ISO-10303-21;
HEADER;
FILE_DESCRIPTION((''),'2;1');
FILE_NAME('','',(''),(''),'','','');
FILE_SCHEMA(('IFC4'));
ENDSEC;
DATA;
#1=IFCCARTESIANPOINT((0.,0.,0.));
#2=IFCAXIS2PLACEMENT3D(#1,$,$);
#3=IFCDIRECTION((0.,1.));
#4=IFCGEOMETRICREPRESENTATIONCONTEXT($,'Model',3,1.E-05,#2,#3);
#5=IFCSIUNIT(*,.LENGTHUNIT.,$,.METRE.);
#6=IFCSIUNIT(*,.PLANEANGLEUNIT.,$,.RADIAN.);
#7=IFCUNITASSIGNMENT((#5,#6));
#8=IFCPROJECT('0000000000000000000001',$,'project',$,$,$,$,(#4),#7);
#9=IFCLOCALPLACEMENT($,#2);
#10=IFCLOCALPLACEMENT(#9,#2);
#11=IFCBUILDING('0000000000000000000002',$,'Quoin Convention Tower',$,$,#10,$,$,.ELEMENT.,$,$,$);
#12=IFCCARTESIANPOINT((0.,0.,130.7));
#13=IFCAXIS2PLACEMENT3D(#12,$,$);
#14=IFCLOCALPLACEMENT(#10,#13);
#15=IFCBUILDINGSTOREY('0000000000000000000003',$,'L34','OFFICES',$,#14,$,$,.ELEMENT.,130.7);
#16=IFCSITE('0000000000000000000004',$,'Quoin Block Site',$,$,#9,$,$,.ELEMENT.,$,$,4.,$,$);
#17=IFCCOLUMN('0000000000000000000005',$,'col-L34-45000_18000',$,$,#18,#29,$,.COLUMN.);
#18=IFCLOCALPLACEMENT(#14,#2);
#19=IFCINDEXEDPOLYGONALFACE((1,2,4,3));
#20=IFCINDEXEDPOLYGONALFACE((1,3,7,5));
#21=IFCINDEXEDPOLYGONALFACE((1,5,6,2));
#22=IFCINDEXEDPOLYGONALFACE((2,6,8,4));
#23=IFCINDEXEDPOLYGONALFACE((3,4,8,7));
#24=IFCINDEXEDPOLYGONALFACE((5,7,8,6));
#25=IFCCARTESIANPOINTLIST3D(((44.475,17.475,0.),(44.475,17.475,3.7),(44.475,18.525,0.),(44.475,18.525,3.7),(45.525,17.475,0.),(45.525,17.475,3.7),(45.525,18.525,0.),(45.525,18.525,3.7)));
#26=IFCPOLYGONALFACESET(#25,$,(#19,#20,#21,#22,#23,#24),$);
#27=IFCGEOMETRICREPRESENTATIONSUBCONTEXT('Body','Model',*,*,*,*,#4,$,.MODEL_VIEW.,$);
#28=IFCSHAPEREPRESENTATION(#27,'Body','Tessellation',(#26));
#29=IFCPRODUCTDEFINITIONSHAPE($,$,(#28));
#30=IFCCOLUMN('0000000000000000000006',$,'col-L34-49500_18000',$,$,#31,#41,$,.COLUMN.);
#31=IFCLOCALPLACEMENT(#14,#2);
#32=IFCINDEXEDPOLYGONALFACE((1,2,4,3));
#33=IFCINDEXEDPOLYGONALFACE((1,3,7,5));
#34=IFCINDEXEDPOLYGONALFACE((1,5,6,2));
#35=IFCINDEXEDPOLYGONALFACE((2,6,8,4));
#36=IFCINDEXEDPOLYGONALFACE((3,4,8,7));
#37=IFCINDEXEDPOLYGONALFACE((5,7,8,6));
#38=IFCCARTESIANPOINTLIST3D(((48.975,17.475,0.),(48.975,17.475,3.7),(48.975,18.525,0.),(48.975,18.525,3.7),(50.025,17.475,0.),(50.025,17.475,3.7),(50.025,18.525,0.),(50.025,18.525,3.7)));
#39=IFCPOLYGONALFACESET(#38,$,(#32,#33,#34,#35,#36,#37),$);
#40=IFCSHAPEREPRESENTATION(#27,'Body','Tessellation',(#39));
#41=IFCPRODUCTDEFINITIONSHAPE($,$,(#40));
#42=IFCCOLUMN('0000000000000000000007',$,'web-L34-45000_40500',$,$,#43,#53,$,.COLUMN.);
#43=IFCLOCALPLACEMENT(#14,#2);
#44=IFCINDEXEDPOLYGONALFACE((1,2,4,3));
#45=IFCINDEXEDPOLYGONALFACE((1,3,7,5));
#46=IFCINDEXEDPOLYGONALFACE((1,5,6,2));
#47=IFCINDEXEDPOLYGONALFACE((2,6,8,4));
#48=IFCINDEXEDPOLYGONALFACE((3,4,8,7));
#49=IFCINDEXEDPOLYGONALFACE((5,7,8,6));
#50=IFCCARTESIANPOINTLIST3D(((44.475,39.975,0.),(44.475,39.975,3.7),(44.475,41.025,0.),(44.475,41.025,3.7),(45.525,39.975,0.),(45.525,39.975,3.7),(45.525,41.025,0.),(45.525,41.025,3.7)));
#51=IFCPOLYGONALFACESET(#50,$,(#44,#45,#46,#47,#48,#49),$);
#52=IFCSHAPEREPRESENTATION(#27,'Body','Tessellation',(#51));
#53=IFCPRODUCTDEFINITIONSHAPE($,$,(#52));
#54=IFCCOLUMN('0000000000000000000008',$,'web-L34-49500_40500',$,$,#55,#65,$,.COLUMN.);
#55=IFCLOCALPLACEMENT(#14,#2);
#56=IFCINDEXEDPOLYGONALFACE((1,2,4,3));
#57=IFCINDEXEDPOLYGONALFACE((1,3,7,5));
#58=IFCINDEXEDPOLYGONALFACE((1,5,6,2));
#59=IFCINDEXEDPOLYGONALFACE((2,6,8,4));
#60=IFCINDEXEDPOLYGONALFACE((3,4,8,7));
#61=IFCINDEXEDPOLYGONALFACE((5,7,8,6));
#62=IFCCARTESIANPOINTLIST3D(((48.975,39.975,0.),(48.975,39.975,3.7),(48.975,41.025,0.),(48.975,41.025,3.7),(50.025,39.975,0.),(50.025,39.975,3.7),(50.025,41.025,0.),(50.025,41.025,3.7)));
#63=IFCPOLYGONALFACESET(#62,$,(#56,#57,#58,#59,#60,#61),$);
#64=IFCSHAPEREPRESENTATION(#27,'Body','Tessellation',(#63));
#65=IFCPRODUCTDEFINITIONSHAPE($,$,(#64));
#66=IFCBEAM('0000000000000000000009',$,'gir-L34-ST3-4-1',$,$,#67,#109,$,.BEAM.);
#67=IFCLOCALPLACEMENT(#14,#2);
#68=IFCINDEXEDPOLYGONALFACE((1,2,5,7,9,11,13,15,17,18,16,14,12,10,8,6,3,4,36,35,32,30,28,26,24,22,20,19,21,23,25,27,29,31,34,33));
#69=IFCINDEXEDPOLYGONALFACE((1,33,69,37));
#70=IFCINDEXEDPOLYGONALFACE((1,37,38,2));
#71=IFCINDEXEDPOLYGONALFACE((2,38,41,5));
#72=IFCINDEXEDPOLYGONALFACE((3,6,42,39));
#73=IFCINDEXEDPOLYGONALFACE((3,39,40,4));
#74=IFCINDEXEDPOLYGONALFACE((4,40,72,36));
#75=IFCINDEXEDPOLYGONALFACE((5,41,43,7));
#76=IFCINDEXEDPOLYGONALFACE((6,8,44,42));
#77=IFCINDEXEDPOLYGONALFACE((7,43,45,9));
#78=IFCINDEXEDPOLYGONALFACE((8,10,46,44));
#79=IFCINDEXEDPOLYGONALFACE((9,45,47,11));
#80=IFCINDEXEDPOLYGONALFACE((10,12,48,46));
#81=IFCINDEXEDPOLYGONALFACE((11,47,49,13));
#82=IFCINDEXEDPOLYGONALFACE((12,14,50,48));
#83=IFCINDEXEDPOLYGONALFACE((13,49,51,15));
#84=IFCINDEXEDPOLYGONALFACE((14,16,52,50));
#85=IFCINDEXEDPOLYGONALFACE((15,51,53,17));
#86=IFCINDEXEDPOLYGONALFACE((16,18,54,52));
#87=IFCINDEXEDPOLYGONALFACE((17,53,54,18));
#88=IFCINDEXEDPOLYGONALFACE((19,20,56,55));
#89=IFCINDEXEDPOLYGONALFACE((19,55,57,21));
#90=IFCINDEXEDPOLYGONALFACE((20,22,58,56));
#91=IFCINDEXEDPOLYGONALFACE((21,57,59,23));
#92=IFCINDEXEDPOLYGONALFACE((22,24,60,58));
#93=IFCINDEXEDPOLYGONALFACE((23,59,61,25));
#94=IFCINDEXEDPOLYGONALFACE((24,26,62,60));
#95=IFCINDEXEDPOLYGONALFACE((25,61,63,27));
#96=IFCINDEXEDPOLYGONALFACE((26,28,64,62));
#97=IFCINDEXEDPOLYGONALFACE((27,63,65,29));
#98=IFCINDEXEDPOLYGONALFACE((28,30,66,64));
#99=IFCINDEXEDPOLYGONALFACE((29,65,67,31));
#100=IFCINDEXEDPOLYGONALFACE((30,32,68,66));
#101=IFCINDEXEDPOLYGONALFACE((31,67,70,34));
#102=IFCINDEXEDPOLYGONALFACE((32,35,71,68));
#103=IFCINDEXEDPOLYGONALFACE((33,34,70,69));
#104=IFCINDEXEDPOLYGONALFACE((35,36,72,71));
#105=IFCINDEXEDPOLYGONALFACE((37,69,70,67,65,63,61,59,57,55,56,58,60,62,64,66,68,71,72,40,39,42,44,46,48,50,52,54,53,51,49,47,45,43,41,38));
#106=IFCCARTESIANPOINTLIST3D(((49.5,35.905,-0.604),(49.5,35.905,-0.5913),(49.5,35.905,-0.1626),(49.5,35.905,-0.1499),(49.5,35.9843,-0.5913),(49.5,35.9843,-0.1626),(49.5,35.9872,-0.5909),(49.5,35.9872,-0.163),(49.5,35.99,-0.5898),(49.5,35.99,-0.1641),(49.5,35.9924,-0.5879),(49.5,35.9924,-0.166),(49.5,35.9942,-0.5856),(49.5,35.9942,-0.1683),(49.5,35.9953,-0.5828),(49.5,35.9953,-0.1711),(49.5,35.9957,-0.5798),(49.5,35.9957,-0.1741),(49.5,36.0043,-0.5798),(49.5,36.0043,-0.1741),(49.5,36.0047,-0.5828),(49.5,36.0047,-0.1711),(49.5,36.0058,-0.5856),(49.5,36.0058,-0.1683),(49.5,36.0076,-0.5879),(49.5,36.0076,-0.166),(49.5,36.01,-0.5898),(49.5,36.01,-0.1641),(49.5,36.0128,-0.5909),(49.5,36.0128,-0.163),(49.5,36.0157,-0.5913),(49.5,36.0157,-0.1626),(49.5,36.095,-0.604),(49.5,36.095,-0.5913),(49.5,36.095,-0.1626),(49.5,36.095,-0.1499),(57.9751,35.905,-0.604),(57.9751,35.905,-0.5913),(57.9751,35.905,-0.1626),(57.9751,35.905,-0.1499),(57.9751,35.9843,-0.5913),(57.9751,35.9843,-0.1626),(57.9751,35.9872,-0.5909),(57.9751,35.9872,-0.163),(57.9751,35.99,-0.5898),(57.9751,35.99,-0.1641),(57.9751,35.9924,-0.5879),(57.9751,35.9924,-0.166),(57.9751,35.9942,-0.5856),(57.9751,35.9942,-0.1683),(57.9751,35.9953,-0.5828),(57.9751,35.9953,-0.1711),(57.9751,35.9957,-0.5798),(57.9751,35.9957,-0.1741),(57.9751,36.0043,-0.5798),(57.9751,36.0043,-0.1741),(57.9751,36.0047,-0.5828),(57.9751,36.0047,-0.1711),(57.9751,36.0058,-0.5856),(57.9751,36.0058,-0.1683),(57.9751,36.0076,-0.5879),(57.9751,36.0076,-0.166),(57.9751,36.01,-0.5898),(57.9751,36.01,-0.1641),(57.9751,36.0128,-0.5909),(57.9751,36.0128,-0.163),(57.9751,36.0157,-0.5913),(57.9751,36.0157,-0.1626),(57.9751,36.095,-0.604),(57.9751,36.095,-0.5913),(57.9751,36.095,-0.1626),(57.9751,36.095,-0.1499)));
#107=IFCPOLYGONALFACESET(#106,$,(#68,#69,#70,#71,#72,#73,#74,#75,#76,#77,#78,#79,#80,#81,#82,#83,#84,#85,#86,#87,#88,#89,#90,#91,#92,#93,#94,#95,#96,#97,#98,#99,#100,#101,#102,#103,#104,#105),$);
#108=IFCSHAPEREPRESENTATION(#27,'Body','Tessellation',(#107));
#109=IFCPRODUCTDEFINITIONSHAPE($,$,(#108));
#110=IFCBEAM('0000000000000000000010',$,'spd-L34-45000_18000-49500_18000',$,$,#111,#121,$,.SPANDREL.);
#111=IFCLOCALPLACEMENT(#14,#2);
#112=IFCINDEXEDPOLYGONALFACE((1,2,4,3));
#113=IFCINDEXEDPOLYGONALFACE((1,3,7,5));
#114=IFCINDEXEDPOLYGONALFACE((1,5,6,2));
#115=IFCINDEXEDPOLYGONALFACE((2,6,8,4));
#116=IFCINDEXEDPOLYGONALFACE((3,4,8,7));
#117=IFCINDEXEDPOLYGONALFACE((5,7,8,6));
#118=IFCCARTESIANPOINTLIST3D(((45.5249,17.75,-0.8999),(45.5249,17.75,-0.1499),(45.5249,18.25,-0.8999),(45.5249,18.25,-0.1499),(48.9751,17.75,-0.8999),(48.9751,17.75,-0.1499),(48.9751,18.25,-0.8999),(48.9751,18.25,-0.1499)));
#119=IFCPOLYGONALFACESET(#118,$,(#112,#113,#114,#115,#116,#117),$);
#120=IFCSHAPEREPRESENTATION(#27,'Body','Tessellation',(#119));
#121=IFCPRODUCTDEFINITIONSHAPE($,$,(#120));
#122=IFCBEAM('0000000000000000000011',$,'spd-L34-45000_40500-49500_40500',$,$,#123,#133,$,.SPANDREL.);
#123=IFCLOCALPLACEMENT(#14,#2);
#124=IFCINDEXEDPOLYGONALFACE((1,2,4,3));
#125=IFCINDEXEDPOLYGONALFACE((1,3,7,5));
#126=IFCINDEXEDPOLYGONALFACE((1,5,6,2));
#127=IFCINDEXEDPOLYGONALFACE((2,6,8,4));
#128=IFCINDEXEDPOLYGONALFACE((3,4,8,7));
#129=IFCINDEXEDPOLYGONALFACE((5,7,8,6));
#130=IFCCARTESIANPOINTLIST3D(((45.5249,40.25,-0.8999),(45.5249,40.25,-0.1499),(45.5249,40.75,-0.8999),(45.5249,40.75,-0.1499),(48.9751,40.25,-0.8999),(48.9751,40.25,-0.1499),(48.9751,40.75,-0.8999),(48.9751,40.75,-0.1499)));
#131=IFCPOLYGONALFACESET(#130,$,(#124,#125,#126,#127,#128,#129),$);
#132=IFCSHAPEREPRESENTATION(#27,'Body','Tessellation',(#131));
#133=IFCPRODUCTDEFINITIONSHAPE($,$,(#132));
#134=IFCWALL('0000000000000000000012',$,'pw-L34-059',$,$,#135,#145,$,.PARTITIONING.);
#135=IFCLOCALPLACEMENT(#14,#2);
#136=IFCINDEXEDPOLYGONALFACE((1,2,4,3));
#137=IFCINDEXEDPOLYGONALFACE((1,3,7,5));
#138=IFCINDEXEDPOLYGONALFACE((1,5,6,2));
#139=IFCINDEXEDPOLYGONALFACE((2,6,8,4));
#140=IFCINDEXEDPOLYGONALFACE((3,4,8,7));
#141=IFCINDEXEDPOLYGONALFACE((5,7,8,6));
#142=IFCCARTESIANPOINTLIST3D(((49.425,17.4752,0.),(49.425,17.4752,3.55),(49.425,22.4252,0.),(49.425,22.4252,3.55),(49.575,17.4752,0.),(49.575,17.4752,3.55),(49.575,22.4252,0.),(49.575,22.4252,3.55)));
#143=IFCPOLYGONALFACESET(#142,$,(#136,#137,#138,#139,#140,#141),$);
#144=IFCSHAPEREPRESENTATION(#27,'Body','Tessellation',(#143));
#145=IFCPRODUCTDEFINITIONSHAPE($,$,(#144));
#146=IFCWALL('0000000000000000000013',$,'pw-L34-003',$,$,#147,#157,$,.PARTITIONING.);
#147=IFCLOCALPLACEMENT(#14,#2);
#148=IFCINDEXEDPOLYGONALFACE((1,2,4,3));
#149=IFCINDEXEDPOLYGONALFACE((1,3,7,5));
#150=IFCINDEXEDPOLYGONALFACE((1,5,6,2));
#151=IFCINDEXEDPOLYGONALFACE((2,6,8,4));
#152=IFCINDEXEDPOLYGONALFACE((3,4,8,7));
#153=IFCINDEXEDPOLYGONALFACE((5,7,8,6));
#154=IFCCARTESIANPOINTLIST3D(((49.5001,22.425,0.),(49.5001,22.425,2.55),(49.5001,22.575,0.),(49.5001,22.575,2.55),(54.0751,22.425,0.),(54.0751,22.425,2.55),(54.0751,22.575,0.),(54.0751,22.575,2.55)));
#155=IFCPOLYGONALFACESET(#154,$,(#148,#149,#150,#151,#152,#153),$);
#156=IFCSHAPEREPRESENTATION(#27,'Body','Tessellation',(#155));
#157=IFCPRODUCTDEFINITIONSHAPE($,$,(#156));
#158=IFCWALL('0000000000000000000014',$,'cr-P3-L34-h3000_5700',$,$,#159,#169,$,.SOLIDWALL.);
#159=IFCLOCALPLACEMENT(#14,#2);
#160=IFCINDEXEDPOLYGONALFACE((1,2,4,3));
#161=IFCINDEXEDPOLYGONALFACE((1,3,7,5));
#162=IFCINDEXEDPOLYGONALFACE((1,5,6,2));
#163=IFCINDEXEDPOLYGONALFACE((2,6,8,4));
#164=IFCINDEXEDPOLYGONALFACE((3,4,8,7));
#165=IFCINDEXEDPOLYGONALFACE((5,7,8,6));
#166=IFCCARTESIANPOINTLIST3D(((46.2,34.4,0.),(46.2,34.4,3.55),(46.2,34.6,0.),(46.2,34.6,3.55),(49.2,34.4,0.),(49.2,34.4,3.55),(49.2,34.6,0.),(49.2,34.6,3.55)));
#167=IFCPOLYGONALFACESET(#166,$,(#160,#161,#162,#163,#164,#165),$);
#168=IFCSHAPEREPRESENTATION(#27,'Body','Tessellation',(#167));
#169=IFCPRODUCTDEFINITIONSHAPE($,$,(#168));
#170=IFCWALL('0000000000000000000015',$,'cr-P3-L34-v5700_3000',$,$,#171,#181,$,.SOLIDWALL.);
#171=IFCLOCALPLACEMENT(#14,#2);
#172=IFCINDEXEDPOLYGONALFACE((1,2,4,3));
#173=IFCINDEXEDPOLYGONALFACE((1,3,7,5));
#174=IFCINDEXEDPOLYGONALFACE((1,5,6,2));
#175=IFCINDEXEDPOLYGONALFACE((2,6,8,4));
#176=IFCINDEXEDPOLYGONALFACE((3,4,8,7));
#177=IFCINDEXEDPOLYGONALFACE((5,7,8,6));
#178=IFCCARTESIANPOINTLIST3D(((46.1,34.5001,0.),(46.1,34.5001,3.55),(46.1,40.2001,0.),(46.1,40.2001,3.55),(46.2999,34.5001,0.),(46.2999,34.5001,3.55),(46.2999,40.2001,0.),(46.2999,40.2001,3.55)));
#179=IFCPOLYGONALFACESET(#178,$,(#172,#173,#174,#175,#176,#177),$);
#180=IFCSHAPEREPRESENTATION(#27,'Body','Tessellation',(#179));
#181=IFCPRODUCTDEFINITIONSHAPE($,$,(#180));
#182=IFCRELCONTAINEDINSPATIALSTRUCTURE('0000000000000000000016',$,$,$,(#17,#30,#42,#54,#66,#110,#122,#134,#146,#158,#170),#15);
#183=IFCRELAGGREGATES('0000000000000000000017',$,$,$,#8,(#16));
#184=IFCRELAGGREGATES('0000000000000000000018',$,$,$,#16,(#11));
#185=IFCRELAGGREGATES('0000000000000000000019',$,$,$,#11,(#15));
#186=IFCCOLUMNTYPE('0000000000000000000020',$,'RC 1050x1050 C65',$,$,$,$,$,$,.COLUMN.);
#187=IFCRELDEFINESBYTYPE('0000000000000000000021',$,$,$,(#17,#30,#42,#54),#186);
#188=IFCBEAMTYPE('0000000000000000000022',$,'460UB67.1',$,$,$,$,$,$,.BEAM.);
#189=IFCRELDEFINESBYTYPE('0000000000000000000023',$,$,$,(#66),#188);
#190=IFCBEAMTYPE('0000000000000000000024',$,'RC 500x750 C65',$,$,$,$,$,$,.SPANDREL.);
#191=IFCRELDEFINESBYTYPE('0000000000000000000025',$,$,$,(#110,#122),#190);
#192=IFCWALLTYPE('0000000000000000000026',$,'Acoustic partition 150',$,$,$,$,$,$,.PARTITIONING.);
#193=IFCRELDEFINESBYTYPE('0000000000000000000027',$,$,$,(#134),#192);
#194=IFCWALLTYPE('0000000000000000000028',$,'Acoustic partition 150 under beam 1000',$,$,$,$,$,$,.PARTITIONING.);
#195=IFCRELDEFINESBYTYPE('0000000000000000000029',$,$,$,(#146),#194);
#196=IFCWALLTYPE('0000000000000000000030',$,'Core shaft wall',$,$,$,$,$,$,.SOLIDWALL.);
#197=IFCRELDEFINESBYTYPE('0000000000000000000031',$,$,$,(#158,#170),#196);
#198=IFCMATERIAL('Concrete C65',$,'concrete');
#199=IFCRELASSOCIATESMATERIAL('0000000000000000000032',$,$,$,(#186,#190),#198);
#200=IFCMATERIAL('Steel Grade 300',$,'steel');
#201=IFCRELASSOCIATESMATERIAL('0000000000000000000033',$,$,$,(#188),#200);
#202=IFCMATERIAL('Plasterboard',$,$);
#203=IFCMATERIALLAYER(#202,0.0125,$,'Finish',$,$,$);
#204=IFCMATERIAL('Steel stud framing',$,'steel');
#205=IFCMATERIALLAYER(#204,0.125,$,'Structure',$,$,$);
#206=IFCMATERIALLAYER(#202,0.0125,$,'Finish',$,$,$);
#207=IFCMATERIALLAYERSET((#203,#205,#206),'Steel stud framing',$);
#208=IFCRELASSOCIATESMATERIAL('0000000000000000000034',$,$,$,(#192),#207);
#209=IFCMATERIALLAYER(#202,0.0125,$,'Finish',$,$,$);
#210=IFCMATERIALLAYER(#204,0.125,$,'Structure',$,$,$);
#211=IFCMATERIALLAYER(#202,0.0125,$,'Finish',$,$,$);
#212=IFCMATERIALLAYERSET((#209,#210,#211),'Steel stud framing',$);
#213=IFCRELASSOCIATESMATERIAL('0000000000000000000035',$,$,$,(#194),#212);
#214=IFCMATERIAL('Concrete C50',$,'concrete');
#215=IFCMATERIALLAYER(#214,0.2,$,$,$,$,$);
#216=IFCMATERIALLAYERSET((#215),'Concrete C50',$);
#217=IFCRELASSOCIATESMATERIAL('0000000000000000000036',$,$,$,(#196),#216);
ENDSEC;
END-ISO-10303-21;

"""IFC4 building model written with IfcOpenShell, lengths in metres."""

from ifc_helpers import new_model, si_unit, direction, frame, frame_2d, origin, origin_2d, place, context, subcontext, project, spatial, rectangle, i_section, extrude, material, layer, layer_set, material_profile, profile_set, type_object, element, save


model = new_model("IFC4")

# Units and contexts
model_context = context("Model", 3, precision=1e-05, world=origin(), true_north=direction((0.0, 1.0)))
body_context = subcontext(model_context, "Body", "Model", "MODEL_VIEW")
ifc_project = project(units=[si_unit("LENGTHUNIT", "METRE"), si_unit("PLANEANGLEUNIT", "RADIAN")], contexts=[model_context])

# Site, building, storey
site_placement = place(None, origin())
site = spatial("IfcSite", under=ifc_project, at=site_placement, Name="Quoin Block Site", CompositionType="ELEMENT", RefElevation=4.0)
building_placement = place(site_placement, origin())
building = spatial("IfcBuilding", under=site, at=building_placement, Name="Quoin Convention Tower", CompositionType="ELEMENT")
storey_placement = place(building_placement, frame((0.0, 0.0, 130.7)))
storey = spatial("IfcBuildingStorey", under=building, at=storey_placement, Name="L34", Description="OFFICES", CompositionType="ELEMENT", Elevation=130.7)

# Columns
ifc_material_1 = material(Name="Concrete C65", Category="concrete")
ifc_material_profile_1 = material_profile(ifc_material_1, rectangle(XDim=1.05, YDim=1.05, at=origin_2d()), Name="RC 1050x1050")
ifc_profile_set_1 = profile_set([ifc_material_profile_1], Name="Concrete C65")
column_type = type_object("IfcColumnType", Name="RC 1050x1050 C65", PredefinedType="COLUMN", material=ifc_profile_set_1)
for number, where, z_axis, x_axis, name in (
    (1, (45.0, 18.0, 0.0), (0.0, 0.0, 1.0), (1.0, 0.0, 0.0), "col-L34-45000_18000"),
    (2, (49.5, 18.0, 0.0), (0.0, 0.0, 1.0), (1.0, 0.0, 0.0), "col-L34-49500_18000"),
    (3, (45.0, 40.5, 0.0), (0.0, 0.0, 1.0), (1.0, 0.0, 0.0), "web-L34-45000_40500"),
    (4, (49.5, 40.5, 0.0), (0.0, 0.0, 1.0), (1.0, 0.0, 0.0), "web-L34-49500_40500"),
):
    element("IfcColumn", number, at=place(storey_placement, frame(where, z_axis=z_axis, x_axis=x_axis)), inside=storey, type_object=column_type, Name=name, PredefinedType="COLUMN", context=body_context, shape_type="SweptSolid", body=[
        extrude(rectangle(XDim=1.05, YDim=1.05, at=origin_2d()), origin(), (0.0, 0.0, 1.0), 3.7),
    ])

# Beams
ifc_material_2 = material(Name="Steel Grade 300", Category="steel")
ifc_material_profile_2 = material_profile(ifc_material_2, i_section(OverallWidth=0.1899, OverallDepth=0.4541, WebThickness=0.0085, FlangeThickness=0.0127, FilletRadius=0.0115, at=origin_2d()), Name="460UB67.1")
ifc_profile_set_2 = profile_set([ifc_material_profile_2], Name="Steel Grade 300")
beam_type_1 = type_object("IfcBeamType", Name="460UB67.1", PredefinedType="BEAM", material=ifc_profile_set_2)
beam_placement = place(storey_placement, frame((49.5, 36.0, -0.377), z_axis=(1.0, 0.0, 0.0), x_axis=(0.0, 1.0, 0.0)))
element("IfcBeam", 5, at=beam_placement, inside=storey, type_object=beam_type_1, Name="gir-L34-ST3-4-1", PredefinedType="BEAM", context=body_context, shape_type="SweptSolid", body=[
    extrude(i_section(OverallWidth=0.1899, OverallDepth=0.4541, WebThickness=0.0085, FlangeThickness=0.0127, FilletRadius=0.0115, at=origin_2d()), origin(), (0.0, 0.0, 1.0), 8.4751),
])
ifc_material_profile_3 = material_profile(ifc_material_1, rectangle(XDim=0.5, YDim=0.75, at=origin_2d()), Name="RC 500x750")
ifc_profile_set_3 = profile_set([ifc_material_profile_3], Name="Concrete C65")
beam_type_2 = type_object("IfcBeamType", Name="RC 500x750 C65", PredefinedType="SPANDREL", material=ifc_profile_set_3)
for number, where, z_axis, x_axis, name in (
    (6, (45.5249, 18.0, -0.5249), (1.0, 0.0, 0.0), (0.0, 1.0, 0.0), "spd-L34-45000_18000-49500_18000"),
    (7, (45.5249, 40.5, -0.5249), (1.0, 0.0, 0.0), (0.0, 1.0, 0.0), "spd-L34-45000_40500-49500_40500"),
):
    element("IfcBeam", number, at=place(storey_placement, frame(where, z_axis=z_axis, x_axis=x_axis)), inside=storey, type_object=beam_type_2, Name=name, PredefinedType="SPANDREL", context=body_context, shape_type="SweptSolid", body=[
        extrude(rectangle(XDim=0.5, YDim=0.75, at=origin_2d()), origin(), (0.0, 0.0, 1.0), 3.4502),
    ])

# Walls
ifc_material_3 = material(Name="Plasterboard")
ifc_layer_1 = layer(ifc_material_3, 0.0125, Name="Finish")
ifc_material_4 = material(Name="Steel stud framing", Category="steel")
ifc_layer_2 = layer(ifc_material_4, 0.125, Name="Structure")
ifc_layer_3 = layer(ifc_material_3, 0.0125, Name="Finish")
ifc_layer_set_1 = layer_set([ifc_layer_1, ifc_layer_2, ifc_layer_3], Name="Steel stud framing")
wall_type_1 = type_object("IfcWallType", Name="Acoustic partition 150", PredefinedType="PARTITIONING", material=ifc_layer_set_1)
wall_1_placement = place(storey_placement, frame((49.5, 17.4751, 0.0), z_axis=(0.0, 0.0, 1.0), x_axis=(0.0, 1.0, 0.0)))
element("IfcWall", 8, at=wall_1_placement, inside=storey, type_object=wall_type_1, Name="pw-L34-059", PredefinedType="PARTITIONING", context=body_context, shape_type="SweptSolid", body=[
    extrude(rectangle(XDim=4.95, YDim=0.1499, at=frame_2d((2.4751, 0.0))), origin(), (0.0, 0.0, 1.0), 3.55),
])
ifc_layer_4 = layer(ifc_material_3, 0.0125, Name="Finish")
ifc_layer_5 = layer(ifc_material_4, 0.125, Name="Structure")
ifc_layer_6 = layer(ifc_material_3, 0.0125, Name="Finish")
ifc_layer_set_2 = layer_set([ifc_layer_4, ifc_layer_5, ifc_layer_6], Name="Steel stud framing")
wall_type_2 = type_object("IfcWallType", Name="Acoustic partition 150 under beam 1000", PredefinedType="PARTITIONING", material=ifc_layer_set_2)
wall_2_placement = place(storey_placement, frame((49.5, 22.5, 0.0), z_axis=(0.0, 0.0, 1.0), x_axis=(1.0, 0.0, 0.0)))
element("IfcWall", 9, at=wall_2_placement, inside=storey, type_object=wall_type_2, Name="pw-L34-003", PredefinedType="PARTITIONING", context=body_context, shape_type="SweptSolid", body=[
    extrude(rectangle(XDim=4.575, YDim=0.1499, at=frame_2d((2.2876, 0.0))), origin(), (0.0, 0.0, 1.0), 2.55),
])
ifc_material_5 = material(Name="Concrete C50", Category="concrete")
ifc_layer_7 = layer(ifc_material_5, 0.2)
ifc_layer_set_3 = layer_set([ifc_layer_7], Name="Concrete C50")
wall_type_3 = type_object("IfcWallType", Name="Core shaft wall", PredefinedType="SOLIDWALL", material=ifc_layer_set_3)
wall_3_placement = place(storey_placement, frame((46.2, 34.5, 0.0), z_axis=(0.0, 0.0, 1.0), x_axis=(1.0, 0.0, 0.0)))
element("IfcWall", 10, at=wall_3_placement, inside=storey, type_object=wall_type_3, Name="cr-P3-L34-h3000_5700", PredefinedType="SOLIDWALL", context=body_context, shape_type="SweptSolid", body=[
    extrude(rectangle(XDim=3.0, YDim=0.2, at=frame_2d((1.5, 0.0))), origin(), (0.0, 0.0, 1.0), 3.55),
])
wall_4_placement = place(storey_placement, frame((46.2, 34.5, 0.0), z_axis=(0.0, 0.0, 1.0), x_axis=(0.0, 1.0, 0.0)))
element("IfcWall", 11, at=wall_4_placement, inside=storey, type_object=wall_type_3, Name="cr-P3-L34-v5700_3000", PredefinedType="SOLIDWALL", context=body_context, shape_type="SweptSolid", body=[
    extrude(rectangle(XDim=5.7, YDim=0.2, at=frame_2d((2.8501, 0.0))), origin(), (0.0, 0.0, 1.0), 3.55),
])

save(model, "model.ifc")
